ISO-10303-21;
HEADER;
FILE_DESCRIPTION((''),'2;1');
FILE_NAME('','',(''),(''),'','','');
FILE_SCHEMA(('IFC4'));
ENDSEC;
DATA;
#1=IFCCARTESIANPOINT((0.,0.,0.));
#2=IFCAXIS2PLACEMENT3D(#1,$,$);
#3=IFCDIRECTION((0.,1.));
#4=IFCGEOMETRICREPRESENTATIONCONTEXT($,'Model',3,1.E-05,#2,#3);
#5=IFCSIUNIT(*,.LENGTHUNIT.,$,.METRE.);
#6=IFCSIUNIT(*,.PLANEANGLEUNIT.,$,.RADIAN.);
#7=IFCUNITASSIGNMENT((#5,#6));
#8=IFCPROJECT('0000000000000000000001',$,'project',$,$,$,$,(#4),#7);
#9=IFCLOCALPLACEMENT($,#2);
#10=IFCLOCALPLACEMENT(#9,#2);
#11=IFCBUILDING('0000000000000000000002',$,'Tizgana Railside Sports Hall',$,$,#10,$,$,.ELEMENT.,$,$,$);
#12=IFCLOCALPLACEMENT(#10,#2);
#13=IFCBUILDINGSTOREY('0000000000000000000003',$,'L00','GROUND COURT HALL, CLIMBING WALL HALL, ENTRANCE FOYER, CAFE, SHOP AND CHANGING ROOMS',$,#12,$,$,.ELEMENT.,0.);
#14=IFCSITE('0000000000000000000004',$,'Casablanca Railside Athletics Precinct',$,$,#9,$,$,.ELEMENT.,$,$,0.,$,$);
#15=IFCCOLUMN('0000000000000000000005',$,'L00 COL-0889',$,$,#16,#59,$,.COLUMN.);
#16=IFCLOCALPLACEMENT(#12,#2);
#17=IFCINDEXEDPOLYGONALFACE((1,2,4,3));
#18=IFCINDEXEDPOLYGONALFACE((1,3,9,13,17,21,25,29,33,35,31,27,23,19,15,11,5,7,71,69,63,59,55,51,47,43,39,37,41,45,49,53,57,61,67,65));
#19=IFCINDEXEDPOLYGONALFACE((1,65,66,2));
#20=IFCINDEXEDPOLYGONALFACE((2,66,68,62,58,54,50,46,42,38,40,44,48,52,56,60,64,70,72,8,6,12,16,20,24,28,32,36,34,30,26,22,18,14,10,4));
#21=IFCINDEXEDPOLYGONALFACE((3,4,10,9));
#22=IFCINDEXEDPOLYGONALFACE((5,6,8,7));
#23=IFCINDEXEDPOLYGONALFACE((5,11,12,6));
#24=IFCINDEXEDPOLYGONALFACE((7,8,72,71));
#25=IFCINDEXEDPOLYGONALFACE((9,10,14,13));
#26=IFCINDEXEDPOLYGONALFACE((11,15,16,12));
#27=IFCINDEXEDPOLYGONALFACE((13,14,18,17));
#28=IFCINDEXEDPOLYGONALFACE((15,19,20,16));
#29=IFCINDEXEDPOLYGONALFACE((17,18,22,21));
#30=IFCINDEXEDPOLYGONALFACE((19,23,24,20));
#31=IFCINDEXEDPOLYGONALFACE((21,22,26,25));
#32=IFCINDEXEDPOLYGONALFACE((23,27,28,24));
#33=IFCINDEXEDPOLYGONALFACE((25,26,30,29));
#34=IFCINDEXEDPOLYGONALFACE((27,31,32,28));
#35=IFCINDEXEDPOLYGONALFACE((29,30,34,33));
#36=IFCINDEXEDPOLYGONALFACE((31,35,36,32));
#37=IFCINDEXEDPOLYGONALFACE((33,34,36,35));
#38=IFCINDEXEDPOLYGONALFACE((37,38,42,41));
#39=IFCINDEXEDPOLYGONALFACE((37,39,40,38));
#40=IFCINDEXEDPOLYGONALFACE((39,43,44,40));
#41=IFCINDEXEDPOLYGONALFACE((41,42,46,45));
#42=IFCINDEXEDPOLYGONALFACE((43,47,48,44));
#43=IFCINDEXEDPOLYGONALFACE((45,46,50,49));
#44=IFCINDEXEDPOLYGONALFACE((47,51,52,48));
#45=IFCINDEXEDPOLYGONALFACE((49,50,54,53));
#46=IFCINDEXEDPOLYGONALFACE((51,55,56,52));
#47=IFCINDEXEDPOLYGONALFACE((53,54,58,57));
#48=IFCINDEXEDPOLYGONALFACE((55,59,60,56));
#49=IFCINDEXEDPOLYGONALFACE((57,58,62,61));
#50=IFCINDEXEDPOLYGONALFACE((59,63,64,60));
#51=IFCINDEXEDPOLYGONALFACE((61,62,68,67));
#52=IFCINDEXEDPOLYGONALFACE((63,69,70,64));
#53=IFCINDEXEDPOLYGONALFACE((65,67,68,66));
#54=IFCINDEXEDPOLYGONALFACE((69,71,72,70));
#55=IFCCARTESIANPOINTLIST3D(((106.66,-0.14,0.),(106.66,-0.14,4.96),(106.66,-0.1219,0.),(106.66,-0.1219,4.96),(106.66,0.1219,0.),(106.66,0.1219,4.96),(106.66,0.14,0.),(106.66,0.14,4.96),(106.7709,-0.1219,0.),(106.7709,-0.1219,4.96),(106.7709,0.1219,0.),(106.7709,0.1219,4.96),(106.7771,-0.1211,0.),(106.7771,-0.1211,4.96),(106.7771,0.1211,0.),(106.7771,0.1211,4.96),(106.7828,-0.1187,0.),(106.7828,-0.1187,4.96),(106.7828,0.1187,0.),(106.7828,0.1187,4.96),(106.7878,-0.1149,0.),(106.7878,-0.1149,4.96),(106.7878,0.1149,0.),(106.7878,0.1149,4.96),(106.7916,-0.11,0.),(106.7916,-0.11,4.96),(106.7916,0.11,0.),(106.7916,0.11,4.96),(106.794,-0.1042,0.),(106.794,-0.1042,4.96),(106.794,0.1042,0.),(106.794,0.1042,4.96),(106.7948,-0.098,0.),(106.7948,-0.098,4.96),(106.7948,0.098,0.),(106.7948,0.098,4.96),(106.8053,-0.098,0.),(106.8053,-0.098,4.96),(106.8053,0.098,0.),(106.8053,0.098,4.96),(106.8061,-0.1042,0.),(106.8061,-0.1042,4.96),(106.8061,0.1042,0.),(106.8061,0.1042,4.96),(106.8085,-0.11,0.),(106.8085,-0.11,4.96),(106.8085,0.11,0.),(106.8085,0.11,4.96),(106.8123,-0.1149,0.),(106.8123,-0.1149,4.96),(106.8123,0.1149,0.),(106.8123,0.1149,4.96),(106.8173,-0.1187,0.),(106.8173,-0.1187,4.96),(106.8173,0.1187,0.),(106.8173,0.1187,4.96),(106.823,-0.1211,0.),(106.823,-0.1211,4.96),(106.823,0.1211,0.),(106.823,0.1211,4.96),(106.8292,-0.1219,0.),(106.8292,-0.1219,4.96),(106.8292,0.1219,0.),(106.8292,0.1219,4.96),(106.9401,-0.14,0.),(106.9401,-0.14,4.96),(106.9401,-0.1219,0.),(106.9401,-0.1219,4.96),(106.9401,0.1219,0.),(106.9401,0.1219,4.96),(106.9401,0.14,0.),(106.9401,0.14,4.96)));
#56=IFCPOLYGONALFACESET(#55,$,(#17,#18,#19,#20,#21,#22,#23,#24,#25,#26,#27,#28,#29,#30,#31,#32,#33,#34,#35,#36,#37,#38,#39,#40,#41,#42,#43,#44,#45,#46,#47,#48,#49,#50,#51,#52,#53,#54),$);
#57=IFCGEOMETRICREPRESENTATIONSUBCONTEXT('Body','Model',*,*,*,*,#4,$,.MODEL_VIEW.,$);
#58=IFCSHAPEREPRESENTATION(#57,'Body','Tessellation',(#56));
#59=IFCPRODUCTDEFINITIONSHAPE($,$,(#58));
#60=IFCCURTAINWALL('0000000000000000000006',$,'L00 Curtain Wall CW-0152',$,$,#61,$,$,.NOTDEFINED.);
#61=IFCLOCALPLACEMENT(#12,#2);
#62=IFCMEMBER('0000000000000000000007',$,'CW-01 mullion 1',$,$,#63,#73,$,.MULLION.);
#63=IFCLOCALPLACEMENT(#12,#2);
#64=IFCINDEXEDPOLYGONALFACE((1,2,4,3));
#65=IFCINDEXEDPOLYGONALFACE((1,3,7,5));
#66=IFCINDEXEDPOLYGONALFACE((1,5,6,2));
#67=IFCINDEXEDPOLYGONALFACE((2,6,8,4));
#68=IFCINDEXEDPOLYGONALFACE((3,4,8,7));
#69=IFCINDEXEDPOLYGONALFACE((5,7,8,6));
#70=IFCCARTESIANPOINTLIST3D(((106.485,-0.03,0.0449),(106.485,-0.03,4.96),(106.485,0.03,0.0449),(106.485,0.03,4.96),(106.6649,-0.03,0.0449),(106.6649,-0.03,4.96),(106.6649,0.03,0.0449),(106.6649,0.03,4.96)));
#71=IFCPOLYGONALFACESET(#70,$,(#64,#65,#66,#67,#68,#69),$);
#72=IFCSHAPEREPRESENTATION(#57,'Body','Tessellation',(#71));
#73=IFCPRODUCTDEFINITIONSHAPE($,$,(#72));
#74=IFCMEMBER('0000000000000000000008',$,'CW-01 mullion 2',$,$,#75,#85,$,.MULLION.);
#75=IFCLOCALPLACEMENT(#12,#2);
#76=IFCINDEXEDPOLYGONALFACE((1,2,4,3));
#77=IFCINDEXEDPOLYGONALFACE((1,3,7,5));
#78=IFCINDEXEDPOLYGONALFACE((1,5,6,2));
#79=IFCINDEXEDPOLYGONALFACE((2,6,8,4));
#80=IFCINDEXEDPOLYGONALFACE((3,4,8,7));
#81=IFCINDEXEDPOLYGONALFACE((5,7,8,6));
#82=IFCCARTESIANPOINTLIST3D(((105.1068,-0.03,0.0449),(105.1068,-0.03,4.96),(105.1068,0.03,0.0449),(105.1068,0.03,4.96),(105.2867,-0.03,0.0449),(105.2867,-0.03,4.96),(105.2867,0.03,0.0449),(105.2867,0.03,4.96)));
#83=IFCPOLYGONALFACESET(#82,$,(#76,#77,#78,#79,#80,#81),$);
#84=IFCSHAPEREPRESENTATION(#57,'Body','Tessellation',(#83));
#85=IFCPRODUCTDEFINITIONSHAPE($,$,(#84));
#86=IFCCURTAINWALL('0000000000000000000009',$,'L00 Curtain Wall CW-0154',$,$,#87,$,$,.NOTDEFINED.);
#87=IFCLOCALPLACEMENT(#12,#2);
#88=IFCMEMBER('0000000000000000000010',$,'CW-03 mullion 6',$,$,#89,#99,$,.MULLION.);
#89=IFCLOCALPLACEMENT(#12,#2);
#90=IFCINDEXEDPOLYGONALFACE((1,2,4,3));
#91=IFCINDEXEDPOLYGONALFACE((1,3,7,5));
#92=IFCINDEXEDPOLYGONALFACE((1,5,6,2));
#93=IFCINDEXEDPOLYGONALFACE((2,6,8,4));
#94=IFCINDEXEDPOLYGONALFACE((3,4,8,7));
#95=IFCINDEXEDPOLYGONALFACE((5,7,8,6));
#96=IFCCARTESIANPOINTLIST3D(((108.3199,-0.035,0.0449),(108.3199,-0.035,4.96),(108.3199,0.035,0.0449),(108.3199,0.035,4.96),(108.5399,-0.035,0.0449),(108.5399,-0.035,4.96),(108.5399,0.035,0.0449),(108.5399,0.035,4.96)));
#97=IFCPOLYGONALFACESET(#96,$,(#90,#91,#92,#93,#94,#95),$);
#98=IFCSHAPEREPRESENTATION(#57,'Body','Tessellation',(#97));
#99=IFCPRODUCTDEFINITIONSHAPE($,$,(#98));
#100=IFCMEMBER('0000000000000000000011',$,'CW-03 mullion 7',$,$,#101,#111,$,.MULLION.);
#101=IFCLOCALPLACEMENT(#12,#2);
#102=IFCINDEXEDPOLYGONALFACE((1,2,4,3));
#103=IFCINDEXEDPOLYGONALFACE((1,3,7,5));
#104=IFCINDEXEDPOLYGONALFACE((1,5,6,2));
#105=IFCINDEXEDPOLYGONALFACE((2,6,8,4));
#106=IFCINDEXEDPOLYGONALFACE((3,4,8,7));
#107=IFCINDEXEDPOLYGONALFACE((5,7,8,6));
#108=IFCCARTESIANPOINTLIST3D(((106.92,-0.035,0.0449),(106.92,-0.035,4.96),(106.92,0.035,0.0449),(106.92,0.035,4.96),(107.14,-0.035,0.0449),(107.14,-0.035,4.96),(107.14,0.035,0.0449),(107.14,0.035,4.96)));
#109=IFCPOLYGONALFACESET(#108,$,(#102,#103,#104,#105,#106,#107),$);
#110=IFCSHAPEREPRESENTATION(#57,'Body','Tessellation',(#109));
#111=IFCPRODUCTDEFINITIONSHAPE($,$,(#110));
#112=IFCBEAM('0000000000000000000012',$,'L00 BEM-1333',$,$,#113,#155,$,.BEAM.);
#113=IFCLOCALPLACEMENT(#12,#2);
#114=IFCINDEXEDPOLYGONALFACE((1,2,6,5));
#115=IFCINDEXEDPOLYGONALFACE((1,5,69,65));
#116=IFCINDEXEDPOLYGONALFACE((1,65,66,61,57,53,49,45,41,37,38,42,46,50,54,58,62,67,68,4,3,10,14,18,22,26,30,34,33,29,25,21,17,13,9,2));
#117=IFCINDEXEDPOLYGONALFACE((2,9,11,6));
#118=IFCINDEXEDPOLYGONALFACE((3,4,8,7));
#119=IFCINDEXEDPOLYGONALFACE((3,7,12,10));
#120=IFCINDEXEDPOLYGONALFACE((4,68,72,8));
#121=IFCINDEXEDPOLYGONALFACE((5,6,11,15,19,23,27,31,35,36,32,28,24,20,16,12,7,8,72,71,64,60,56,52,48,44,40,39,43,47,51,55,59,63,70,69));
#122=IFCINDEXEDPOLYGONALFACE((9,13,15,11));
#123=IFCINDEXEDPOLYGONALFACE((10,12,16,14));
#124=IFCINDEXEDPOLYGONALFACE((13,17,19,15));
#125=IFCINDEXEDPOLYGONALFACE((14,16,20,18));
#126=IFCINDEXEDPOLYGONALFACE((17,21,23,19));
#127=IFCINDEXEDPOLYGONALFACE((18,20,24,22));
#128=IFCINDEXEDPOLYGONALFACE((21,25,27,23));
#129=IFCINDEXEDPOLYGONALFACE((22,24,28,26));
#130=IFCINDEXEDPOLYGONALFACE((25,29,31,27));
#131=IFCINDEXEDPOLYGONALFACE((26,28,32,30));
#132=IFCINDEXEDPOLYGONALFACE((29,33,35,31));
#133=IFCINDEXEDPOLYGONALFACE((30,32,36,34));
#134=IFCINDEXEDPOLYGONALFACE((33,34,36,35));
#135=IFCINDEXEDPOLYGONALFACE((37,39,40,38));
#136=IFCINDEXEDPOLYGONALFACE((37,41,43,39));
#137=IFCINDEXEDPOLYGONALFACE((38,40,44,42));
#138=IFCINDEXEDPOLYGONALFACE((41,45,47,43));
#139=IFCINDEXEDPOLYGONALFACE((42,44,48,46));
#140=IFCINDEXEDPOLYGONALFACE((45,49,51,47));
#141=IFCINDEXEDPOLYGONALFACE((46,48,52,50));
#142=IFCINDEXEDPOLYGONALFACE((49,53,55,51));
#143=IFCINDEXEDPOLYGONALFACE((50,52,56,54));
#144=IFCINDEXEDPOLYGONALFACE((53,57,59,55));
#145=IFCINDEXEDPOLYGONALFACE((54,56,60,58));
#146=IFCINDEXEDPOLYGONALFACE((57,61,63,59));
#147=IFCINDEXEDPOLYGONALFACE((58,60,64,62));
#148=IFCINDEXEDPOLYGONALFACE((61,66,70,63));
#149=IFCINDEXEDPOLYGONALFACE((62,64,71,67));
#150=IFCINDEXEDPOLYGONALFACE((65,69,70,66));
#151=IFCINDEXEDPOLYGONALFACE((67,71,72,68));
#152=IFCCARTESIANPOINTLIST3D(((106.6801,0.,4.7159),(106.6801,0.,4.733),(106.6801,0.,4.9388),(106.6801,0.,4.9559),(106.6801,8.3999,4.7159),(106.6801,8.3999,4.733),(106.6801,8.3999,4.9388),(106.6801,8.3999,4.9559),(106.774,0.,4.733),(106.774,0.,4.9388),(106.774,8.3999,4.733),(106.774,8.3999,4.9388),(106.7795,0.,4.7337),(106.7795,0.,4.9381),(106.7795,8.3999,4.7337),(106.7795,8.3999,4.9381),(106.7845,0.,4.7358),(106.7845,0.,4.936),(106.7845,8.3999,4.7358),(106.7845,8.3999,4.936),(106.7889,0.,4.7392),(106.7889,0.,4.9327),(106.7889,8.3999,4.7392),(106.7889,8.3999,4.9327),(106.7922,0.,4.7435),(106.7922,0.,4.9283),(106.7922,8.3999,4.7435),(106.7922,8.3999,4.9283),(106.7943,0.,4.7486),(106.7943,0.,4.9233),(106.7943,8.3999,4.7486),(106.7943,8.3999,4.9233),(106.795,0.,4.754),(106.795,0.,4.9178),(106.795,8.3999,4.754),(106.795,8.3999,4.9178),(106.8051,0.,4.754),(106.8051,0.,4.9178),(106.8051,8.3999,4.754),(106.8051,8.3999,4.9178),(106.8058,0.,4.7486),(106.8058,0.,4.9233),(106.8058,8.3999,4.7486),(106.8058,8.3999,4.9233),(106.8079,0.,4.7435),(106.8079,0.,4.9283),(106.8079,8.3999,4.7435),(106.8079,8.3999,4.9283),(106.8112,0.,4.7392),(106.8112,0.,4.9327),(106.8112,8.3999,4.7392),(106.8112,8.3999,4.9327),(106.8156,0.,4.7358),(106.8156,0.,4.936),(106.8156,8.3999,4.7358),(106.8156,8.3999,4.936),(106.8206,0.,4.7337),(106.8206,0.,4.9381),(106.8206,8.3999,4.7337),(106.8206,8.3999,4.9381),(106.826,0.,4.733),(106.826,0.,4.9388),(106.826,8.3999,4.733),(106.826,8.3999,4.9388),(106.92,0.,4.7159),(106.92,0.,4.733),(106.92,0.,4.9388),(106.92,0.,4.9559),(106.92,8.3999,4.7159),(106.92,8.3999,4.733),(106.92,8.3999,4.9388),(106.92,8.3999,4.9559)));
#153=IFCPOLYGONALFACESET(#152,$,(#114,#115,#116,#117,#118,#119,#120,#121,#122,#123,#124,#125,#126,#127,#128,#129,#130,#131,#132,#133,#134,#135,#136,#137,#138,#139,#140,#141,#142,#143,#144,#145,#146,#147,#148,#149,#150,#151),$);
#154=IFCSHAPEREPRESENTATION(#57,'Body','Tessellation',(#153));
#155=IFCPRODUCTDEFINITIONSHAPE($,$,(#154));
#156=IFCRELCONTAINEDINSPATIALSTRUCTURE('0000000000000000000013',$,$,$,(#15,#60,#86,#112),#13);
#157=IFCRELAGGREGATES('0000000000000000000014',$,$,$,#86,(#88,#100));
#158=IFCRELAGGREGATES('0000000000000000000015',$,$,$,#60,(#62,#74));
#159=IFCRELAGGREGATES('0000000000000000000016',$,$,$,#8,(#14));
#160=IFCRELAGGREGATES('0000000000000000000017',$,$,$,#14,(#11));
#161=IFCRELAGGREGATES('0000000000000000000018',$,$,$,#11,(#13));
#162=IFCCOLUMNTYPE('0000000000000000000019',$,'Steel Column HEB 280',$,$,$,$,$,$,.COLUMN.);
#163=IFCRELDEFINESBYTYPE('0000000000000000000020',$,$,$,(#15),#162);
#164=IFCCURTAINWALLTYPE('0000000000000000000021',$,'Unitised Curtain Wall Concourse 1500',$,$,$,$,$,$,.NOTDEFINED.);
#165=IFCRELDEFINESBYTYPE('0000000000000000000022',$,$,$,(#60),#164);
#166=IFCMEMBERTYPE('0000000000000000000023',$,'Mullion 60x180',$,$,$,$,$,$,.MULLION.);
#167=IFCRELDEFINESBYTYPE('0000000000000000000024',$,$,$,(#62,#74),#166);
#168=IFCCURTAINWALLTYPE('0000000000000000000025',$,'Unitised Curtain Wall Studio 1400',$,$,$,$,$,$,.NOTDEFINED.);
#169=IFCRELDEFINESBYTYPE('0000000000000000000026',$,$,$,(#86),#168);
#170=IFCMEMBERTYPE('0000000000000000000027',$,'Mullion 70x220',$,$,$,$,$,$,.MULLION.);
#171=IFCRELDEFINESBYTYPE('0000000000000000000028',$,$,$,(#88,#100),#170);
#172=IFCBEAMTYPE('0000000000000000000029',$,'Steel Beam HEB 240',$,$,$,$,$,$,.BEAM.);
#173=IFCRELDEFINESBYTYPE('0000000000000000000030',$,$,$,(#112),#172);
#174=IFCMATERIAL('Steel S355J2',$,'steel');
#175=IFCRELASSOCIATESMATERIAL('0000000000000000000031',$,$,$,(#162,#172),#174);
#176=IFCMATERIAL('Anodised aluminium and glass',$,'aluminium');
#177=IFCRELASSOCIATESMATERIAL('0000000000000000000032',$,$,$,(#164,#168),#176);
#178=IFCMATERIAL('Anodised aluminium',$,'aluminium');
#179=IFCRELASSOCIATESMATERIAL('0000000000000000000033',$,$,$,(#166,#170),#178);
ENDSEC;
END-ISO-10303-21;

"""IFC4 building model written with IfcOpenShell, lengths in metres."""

from ifc_helpers import new_model, si_unit, direction, frame, origin, origin_2d, place, context, subcontext, project, spatial, rectangle, i_section, extrude, material, material_profile, profile_set, type_object, element, aggregate, save


model = new_model("IFC4")

# Units and contexts
model_context = context("Model", 3, precision=1e-05, world=origin(), true_north=direction((0.0, 1.0)))
body_context = subcontext(model_context, "Body", "Model", "MODEL_VIEW")
ifc_project = project(units=[si_unit("LENGTHUNIT", "METRE"), si_unit("PLANEANGLEUNIT", "RADIAN")], contexts=[model_context])

# Site, building, storey
site_placement = place(None, origin())
site = spatial("IfcSite", under=ifc_project, at=site_placement, Name="Casablanca Railside Athletics Precinct", CompositionType="ELEMENT", RefElevation=0.0)
building_placement = place(site_placement, origin())
building = spatial("IfcBuilding", under=site, at=building_placement, Name="Tizgana Railside Sports Hall", CompositionType="ELEMENT")
storey_placement = place(building_placement, origin())
storey = spatial("IfcBuildingStorey", under=building, at=storey_placement, Name="L00", Description="GROUND COURT HALL, CLIMBING WALL HALL, ENTRANCE FOYER, CAFE, SHOP AND CHANGING ROOMS", CompositionType="ELEMENT", Elevation=0.0)

# Column
ifc_material_1 = material(Name="Steel S355J2", Category="steel")
ifc_material_profile_1 = material_profile(ifc_material_1, i_section(OverallWidth=0.28, OverallDepth=0.28, WebThickness=0.0105, FlangeThickness=0.0181, FilletRadius=0.0239, at=origin_2d()), Name="HEB 280")
ifc_profile_set_1 = profile_set([ifc_material_profile_1], Name="Steel S355J2")
column_type = type_object("IfcColumnType", Name="Steel Column HEB 280", PredefinedType="COLUMN", material=ifc_profile_set_1)
column_placement = place(storey_placement, frame((106.8, 0.0, 0.0), z_axis=(0.0, 0.0, 1.0), x_axis=(1.0, 0.0, 0.0)))
element("IfcColumn", 1, at=column_placement, inside=storey, type_object=column_type, Name="L00 COL-0889", PredefinedType="COLUMN", context=body_context, shape_type="SweptSolid", body=[
    extrude(i_section(OverallWidth=0.28, OverallDepth=0.28, WebThickness=0.0105, FlangeThickness=0.0181, FilletRadius=0.0239, at=origin_2d()), origin(), (0.0, 0.0, 1.0), 4.96),
])

# Curtain walls, members
ifc_material_2 = material(Name="Anodised aluminium and glass", Category="aluminium")
curtain_wall_type_1 = type_object("IfcCurtainWallType", Name="Unitised Curtain Wall Concourse 1500", PredefinedType="NOTDEFINED", material=ifc_material_2)
curtain_wall_1_placement = place(storey_placement, origin())
curtain_wall_1 = element("IfcCurtainWall", 2, at=curtain_wall_1_placement, inside=storey, type_object=curtain_wall_type_1, Name="L00 Curtain Wall CW-0152", PredefinedType="NOTDEFINED")
ifc_material_3 = material(Name="Anodised aluminium", Category="aluminium")
ifc_material_profile_2 = material_profile(ifc_material_3, rectangle(XDim=0.0601, YDim=0.1799, at=origin_2d()), Name="Mullion 60x180")
ifc_profile_set_2 = profile_set([ifc_material_profile_2], Name="Anodised aluminium")
member_type_1 = type_object("IfcMemberType", Name="Mullion 60x180", PredefinedType="MULLION", material=ifc_profile_set_2)
member_1_placement = place(storey_placement, frame((106.575, 0.0, 0.0449), z_axis=(0.0, 0.0, 1.0), x_axis=(0.0, -1.0, 0.0)))
member_1 = element("IfcMember", 3, at=member_1_placement, type_object=member_type_1, Name="CW-01 mullion 1", PredefinedType="MULLION", context=body_context, shape_type="SweptSolid", body=[
    extrude(rectangle(XDim=0.0601, YDim=0.1799, at=origin_2d()), origin(), (0.0, 0.0, 1.0), 4.915),
])
member_2_placement = place(storey_placement, frame((105.1968, 0.0, 0.0449), z_axis=(0.0, 0.0, 1.0), x_axis=(0.0, -1.0, 0.0)))
member_2 = element("IfcMember", 4, at=member_2_placement, type_object=member_type_1, Name="CW-01 mullion 2", PredefinedType="MULLION", context=body_context, shape_type="SweptSolid", body=[
    extrude(rectangle(XDim=0.0601, YDim=0.1799, at=origin_2d()), origin(), (0.0, 0.0, 1.0), 4.915),
])
curtain_wall_type_2 = type_object("IfcCurtainWallType", Name="Unitised Curtain Wall Studio 1400", PredefinedType="NOTDEFINED", material=ifc_material_2)
curtain_wall_2_placement = place(storey_placement, origin())
curtain_wall_2 = element("IfcCurtainWall", 5, at=curtain_wall_2_placement, inside=storey, type_object=curtain_wall_type_2, Name="L00 Curtain Wall CW-0154", PredefinedType="NOTDEFINED")
ifc_material_profile_3 = material_profile(ifc_material_3, rectangle(XDim=0.0701, YDim=0.22, at=origin_2d()), Name="Mullion 70x220")
ifc_profile_set_3 = profile_set([ifc_material_profile_3], Name="Anodised aluminium")
member_type_2 = type_object("IfcMemberType", Name="Mullion 70x220", PredefinedType="MULLION", material=ifc_profile_set_3)
member_3_placement = place(storey_placement, frame((108.4299, 0.0, 0.0449), z_axis=(0.0, 0.0, 1.0), x_axis=(0.0, -1.0, 0.0)))
member_3 = element("IfcMember", 6, at=member_3_placement, type_object=member_type_2, Name="CW-03 mullion 6", PredefinedType="MULLION", context=body_context, shape_type="SweptSolid", body=[
    extrude(rectangle(XDim=0.0701, YDim=0.22, at=origin_2d()), origin(), (0.0, 0.0, 1.0), 4.915),
])
member_4_placement = place(storey_placement, frame((107.03, 0.0, 0.0449), z_axis=(0.0, 0.0, 1.0), x_axis=(0.0, -1.0, 0.0)))
member_4 = element("IfcMember", 7, at=member_4_placement, type_object=member_type_2, Name="CW-03 mullion 7", PredefinedType="MULLION", context=body_context, shape_type="SweptSolid", body=[
    extrude(rectangle(XDim=0.0701, YDim=0.22, at=origin_2d()), origin(), (0.0, 0.0, 1.0), 4.915),
])

# Beam
ifc_material_profile_4 = material_profile(ifc_material_1, i_section(OverallWidth=0.24, OverallDepth=0.24, WebThickness=0.01, FlangeThickness=0.0171, FilletRadius=0.021, at=origin_2d()), Name="HEB 240")
ifc_profile_set_4 = profile_set([ifc_material_profile_4], Name="Steel S355J2")
beam_type_1 = type_object("IfcBeamType", Name="Steel Beam HEB 240", PredefinedType="BEAM", material=ifc_profile_set_4)
beam_1_placement = place(storey_placement, frame((106.8, 0.0, 4.8359), z_axis=(0.0, 1.0, 0.0), x_axis=(-1.0, 0.0, 0.0)))
element("IfcBeam", 8, at=beam_1_placement, inside=storey, type_object=beam_type_1, Name="L00 BEM-1333", PredefinedType="BEAM", context=body_context, shape_type="SweptSolid", body=[
    extrude(i_section(OverallWidth=0.24, OverallDepth=0.24, WebThickness=0.01, FlangeThickness=0.0171, FilletRadius=0.021, at=origin_2d()), origin(), (0.0, 0.0, 1.0), 8.3999),
])

aggregate(curtain_wall_2, [member_3, member_4])
aggregate(curtain_wall_1, [member_1, member_2])

save(model, "model.ifc")
